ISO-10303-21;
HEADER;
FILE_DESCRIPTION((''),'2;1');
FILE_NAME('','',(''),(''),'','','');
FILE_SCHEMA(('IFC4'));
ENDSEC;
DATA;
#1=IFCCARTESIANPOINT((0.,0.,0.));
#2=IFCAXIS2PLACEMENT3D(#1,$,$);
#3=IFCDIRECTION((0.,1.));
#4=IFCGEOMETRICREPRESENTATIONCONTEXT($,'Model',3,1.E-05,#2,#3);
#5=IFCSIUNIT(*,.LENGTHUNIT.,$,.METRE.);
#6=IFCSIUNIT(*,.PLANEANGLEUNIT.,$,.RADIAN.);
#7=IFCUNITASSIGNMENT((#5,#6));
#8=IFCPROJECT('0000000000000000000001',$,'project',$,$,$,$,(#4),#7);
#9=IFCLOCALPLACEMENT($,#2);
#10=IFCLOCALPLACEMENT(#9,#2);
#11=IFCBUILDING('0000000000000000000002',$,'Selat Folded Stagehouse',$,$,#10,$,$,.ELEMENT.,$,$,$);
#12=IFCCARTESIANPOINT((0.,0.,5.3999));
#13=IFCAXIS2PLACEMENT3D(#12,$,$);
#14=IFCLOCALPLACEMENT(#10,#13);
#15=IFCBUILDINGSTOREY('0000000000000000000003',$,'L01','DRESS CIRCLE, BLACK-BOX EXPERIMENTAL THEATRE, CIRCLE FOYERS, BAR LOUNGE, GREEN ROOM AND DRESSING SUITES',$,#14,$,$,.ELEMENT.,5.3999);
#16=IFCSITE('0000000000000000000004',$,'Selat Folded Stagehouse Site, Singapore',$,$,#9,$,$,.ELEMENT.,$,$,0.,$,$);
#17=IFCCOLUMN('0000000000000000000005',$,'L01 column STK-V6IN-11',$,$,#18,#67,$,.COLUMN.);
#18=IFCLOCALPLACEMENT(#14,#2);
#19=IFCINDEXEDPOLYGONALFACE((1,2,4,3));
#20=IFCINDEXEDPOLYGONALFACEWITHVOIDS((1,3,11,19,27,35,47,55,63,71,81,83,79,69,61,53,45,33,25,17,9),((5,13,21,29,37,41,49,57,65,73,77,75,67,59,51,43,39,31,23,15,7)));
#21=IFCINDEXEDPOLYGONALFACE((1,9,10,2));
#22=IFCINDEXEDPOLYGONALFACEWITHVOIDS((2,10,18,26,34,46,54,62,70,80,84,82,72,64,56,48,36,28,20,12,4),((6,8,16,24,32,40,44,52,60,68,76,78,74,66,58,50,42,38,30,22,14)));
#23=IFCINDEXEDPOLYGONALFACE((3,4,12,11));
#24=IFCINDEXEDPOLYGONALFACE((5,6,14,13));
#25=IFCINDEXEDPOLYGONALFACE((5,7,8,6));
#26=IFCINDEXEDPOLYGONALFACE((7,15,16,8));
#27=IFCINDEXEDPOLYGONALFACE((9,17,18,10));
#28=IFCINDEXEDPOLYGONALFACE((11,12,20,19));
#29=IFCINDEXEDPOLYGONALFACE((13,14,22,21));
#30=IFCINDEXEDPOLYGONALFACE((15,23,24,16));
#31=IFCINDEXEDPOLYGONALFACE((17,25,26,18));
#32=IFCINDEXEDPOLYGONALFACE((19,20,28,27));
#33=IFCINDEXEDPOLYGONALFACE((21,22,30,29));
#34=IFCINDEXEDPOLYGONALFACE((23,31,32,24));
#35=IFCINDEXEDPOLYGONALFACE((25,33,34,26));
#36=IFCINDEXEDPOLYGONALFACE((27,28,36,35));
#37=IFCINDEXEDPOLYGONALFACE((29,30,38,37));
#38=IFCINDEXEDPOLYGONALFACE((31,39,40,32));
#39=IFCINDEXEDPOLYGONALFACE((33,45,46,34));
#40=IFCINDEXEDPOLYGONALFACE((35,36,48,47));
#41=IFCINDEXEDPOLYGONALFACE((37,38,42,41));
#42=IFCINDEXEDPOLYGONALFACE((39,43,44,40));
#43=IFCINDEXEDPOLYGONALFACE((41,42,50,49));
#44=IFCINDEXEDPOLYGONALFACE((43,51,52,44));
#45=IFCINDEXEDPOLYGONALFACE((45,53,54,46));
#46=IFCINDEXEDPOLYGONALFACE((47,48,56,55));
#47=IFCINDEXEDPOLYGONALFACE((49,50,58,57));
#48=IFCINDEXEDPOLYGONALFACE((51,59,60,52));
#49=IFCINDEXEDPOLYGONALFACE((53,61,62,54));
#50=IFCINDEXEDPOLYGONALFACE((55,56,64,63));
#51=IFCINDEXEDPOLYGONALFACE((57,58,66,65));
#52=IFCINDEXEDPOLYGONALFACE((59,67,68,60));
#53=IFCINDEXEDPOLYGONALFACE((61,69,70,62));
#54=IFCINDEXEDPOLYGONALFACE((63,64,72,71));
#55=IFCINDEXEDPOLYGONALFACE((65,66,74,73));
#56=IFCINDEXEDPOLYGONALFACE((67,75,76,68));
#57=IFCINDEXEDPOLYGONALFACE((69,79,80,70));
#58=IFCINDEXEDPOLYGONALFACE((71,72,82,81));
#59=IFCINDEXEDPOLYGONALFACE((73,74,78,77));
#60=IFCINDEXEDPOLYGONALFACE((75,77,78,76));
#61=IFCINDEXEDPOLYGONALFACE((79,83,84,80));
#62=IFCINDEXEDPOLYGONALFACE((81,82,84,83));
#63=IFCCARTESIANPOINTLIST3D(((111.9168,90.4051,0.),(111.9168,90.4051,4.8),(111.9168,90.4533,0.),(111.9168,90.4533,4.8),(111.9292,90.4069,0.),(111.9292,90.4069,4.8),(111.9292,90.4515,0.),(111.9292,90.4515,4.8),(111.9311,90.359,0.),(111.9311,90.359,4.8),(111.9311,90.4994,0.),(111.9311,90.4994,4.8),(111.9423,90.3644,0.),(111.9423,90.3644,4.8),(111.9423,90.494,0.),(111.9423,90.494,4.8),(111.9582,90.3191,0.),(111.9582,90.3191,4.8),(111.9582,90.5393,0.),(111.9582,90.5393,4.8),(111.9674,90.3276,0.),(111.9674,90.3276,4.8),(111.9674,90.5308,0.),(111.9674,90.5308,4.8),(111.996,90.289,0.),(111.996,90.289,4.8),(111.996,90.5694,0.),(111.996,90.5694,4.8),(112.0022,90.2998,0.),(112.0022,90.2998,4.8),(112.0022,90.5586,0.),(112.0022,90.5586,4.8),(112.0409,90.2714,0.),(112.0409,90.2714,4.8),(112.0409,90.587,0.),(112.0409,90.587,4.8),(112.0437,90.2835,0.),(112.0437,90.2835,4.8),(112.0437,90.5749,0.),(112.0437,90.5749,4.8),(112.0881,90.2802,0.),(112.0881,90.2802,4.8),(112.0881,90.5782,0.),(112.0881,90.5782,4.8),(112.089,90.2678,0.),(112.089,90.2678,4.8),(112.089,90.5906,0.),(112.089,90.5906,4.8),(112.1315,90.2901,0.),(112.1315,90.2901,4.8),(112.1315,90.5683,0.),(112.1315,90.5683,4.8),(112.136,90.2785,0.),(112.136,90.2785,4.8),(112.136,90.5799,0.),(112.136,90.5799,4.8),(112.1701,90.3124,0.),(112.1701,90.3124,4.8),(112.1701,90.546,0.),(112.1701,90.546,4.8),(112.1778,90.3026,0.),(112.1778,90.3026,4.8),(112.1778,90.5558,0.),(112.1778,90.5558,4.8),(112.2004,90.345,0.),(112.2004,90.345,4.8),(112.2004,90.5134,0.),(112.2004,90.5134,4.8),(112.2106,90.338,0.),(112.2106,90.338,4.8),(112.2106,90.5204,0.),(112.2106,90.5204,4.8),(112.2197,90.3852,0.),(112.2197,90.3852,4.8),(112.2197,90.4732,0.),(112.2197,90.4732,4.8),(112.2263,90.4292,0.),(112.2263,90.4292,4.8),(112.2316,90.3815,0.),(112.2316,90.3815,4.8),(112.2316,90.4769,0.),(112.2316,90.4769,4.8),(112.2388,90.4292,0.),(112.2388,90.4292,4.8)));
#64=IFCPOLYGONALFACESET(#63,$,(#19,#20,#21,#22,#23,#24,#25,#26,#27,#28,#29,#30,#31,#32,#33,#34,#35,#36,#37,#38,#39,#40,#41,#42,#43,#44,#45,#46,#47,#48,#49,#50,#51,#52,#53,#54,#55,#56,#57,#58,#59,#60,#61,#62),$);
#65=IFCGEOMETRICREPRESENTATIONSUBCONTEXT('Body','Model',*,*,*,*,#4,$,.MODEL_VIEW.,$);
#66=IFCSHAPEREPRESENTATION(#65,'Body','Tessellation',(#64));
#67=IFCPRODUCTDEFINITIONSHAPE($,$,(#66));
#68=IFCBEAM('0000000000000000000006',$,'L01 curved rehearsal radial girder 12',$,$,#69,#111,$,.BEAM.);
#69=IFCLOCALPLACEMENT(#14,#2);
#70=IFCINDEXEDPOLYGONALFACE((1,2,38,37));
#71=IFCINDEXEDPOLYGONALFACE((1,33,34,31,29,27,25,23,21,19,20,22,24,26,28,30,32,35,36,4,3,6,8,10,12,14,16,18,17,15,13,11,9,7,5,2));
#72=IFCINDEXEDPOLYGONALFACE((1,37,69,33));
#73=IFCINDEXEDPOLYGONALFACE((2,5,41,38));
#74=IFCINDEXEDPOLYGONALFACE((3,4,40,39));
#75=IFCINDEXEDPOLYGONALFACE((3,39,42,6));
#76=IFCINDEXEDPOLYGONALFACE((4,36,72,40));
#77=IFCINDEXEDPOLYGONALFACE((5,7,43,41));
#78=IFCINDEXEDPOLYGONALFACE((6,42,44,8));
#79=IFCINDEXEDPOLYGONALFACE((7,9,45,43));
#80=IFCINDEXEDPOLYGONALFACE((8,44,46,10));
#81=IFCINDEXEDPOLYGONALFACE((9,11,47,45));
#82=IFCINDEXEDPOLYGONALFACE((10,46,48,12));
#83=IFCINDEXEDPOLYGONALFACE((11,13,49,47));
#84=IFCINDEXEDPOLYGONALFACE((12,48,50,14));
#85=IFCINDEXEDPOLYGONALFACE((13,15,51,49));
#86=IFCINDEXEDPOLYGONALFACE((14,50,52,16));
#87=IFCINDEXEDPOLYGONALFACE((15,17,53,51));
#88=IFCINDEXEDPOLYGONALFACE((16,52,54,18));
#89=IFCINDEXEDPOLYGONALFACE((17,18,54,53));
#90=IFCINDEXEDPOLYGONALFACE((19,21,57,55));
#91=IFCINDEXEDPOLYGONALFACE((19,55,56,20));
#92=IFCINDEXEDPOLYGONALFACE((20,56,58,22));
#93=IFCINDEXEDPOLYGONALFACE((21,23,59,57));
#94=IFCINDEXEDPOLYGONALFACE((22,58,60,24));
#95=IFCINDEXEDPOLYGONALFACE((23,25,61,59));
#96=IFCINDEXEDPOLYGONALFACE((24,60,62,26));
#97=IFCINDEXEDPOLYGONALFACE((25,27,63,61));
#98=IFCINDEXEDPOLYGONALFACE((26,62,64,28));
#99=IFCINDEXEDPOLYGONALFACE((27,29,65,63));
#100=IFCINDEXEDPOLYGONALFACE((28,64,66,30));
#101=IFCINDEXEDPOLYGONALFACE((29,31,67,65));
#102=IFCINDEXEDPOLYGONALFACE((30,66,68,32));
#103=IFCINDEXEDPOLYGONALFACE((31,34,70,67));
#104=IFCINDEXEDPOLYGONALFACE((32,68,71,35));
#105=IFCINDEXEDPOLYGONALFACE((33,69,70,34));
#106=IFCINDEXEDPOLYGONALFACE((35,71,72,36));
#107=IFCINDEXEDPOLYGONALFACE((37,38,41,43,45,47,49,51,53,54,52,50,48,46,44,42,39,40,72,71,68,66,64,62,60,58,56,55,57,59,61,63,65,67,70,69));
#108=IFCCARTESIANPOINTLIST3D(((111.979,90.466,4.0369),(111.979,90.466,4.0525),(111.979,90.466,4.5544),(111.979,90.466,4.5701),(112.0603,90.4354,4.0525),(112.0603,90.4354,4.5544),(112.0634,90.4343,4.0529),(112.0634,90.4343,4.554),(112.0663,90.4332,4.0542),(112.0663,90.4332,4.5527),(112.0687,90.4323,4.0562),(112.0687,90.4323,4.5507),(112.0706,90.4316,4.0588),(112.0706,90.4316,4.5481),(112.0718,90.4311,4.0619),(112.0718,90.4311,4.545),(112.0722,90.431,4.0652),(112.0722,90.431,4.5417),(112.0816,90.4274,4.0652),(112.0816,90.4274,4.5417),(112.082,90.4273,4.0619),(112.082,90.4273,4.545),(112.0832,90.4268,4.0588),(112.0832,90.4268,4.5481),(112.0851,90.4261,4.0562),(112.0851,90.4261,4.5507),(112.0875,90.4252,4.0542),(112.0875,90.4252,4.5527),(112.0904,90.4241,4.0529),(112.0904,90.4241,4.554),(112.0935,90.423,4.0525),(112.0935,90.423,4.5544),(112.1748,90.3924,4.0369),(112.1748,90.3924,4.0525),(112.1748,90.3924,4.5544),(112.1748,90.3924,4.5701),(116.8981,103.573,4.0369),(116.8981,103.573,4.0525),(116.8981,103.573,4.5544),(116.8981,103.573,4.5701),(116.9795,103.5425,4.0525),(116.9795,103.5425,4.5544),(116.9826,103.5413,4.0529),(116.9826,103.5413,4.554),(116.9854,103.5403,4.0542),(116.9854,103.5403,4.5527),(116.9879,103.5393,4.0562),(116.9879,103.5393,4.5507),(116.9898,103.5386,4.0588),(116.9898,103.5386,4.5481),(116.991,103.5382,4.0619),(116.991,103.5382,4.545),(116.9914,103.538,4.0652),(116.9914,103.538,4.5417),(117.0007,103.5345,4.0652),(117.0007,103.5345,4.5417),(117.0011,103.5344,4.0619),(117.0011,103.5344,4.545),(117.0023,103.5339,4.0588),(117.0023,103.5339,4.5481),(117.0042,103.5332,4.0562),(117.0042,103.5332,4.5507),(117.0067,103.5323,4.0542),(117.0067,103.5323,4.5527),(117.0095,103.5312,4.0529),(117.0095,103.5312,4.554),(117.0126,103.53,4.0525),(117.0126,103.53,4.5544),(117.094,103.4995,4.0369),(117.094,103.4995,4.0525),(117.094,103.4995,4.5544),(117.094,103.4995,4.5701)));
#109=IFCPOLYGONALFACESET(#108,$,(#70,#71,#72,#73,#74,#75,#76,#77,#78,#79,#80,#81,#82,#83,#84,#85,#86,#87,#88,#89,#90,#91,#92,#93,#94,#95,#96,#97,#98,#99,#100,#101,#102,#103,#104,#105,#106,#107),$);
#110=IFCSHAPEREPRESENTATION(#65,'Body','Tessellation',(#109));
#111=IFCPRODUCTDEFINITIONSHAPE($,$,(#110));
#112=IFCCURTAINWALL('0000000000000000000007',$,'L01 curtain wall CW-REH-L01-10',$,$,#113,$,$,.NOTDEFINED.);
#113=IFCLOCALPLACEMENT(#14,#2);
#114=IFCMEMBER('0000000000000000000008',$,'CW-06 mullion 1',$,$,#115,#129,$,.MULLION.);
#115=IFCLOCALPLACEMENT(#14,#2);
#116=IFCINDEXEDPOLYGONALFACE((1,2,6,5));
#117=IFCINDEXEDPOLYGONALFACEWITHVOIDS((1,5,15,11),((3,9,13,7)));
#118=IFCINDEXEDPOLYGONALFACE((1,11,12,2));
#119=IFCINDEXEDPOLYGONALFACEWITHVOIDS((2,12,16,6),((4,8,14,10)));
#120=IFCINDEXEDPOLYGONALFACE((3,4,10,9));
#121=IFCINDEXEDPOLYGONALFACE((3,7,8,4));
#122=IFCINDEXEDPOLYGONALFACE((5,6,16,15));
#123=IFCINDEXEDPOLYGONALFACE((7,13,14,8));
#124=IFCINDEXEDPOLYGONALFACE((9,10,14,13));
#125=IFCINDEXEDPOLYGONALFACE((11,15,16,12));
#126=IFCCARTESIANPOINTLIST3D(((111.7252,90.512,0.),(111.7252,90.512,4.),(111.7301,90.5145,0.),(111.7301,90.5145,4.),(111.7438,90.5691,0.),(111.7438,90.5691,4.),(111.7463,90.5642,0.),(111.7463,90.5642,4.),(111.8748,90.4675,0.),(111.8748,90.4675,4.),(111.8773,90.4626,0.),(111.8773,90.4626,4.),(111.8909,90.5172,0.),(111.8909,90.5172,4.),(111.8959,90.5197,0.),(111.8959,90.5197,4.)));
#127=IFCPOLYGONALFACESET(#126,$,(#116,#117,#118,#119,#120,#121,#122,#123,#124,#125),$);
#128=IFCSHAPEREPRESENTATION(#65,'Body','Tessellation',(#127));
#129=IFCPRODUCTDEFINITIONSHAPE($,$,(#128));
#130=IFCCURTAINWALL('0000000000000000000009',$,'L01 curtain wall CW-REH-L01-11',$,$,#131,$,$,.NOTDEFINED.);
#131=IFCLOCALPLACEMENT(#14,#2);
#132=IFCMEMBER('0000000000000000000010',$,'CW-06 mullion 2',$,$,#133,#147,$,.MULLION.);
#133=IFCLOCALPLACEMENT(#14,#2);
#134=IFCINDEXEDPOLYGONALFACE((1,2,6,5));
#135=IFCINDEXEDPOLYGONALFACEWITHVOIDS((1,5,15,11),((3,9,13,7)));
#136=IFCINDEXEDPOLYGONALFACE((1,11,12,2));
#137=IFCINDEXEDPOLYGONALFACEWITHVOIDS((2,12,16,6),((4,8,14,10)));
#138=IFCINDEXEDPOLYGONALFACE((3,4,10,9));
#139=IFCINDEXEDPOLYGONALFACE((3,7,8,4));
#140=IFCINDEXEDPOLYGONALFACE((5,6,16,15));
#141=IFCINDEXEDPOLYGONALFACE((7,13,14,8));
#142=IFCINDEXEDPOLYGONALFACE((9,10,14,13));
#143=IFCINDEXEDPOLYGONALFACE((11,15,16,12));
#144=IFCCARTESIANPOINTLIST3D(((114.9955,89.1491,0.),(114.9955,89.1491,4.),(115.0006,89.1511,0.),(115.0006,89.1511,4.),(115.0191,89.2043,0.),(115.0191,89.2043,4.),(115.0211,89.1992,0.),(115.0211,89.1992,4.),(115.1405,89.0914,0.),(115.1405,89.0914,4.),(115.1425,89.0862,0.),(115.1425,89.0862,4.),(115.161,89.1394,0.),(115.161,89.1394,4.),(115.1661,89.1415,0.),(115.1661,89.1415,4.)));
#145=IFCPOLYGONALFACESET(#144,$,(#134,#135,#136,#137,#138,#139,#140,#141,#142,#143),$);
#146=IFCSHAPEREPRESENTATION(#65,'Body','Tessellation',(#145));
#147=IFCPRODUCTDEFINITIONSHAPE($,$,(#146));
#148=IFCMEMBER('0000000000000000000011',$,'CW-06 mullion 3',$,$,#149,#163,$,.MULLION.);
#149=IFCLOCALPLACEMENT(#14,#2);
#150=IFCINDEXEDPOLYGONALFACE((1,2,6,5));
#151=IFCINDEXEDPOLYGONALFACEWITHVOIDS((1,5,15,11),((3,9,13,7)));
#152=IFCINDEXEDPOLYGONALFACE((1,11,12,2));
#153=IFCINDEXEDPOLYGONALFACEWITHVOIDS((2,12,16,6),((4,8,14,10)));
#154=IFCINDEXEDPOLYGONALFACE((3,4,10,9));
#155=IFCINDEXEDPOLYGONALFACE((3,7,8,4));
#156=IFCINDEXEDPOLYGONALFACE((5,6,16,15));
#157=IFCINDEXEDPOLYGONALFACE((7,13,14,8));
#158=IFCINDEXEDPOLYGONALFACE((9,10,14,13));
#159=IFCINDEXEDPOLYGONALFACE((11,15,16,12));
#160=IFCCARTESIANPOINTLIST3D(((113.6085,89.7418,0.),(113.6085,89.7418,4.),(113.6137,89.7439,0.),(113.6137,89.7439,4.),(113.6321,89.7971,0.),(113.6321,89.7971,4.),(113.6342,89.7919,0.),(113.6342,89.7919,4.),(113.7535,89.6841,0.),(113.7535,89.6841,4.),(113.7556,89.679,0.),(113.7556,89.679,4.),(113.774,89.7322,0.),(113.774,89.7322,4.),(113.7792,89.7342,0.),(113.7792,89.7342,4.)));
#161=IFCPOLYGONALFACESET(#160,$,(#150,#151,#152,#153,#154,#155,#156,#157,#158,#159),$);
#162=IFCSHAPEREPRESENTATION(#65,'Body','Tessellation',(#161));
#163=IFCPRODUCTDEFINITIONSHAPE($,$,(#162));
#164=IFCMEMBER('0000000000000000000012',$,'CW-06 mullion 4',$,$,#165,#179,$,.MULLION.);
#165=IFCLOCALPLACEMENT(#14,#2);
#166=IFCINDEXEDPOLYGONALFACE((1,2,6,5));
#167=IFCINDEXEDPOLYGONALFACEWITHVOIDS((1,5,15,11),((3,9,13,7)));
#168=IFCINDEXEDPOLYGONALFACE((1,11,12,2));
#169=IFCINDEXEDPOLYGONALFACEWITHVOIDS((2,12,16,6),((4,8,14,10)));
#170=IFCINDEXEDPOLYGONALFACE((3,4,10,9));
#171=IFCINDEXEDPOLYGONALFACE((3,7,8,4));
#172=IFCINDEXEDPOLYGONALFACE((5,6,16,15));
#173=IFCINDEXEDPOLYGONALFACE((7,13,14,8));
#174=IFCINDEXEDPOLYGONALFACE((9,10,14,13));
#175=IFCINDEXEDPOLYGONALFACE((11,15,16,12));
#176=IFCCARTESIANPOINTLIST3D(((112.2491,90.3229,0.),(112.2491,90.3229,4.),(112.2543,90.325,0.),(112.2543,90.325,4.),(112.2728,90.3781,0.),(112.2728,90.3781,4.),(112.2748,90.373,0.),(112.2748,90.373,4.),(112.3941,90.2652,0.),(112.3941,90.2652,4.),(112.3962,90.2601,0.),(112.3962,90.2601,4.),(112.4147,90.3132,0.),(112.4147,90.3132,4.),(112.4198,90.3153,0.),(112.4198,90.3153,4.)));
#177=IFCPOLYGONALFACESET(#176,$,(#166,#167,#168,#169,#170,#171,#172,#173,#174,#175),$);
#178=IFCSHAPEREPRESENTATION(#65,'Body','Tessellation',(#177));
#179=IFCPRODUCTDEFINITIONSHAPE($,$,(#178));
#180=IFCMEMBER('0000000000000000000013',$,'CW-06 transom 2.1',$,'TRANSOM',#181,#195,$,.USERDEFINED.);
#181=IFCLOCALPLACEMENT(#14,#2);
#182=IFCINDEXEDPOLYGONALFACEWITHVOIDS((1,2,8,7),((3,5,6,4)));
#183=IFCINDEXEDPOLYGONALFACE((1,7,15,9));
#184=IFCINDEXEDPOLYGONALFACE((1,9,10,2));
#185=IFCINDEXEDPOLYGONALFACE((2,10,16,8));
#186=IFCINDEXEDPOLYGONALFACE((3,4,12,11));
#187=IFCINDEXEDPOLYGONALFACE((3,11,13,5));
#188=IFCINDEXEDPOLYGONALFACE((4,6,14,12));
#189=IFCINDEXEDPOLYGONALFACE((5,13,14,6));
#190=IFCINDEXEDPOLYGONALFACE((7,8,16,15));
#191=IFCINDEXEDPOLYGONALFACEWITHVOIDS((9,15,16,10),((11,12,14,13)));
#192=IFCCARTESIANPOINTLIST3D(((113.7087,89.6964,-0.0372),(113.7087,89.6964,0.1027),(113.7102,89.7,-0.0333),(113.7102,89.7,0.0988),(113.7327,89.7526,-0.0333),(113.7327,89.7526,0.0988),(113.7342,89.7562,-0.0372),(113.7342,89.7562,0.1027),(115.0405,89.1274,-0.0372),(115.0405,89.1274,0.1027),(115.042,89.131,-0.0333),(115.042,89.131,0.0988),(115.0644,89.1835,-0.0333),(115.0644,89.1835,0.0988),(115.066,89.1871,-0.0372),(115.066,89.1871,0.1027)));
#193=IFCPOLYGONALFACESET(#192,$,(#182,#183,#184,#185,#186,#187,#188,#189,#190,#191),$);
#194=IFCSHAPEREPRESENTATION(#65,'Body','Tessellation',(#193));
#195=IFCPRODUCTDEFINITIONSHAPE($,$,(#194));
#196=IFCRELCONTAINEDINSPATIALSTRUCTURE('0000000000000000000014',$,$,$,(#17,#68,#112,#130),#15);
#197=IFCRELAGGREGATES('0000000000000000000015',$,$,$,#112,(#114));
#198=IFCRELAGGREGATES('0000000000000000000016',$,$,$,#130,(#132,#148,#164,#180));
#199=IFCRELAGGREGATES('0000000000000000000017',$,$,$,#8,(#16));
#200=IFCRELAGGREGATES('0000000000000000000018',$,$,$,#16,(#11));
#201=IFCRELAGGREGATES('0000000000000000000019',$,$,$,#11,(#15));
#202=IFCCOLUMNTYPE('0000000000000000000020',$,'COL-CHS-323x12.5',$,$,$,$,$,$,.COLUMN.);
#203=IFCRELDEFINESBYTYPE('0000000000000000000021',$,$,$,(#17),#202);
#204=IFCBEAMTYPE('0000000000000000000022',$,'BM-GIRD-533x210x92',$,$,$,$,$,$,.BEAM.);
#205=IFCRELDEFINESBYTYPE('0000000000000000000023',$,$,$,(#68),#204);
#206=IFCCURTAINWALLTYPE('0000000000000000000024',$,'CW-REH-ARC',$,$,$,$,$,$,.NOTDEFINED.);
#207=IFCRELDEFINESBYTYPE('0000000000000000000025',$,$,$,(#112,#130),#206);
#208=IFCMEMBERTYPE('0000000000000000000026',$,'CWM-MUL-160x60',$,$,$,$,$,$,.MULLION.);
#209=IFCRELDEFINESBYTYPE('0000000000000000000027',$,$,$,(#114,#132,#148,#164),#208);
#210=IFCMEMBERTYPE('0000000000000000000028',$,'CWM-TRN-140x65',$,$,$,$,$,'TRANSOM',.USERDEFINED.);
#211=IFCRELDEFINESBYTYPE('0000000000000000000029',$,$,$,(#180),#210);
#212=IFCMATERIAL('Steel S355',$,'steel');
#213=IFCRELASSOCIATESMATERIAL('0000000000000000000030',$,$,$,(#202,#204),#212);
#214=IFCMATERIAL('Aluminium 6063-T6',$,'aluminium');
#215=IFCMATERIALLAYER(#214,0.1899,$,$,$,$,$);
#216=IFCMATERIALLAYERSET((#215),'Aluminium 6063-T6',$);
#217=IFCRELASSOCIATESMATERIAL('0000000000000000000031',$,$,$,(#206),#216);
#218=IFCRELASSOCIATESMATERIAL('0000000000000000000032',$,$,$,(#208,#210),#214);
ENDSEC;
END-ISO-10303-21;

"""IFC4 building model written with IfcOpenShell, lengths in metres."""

from ifc_helpers import new_model, si_unit, direction, frame, origin, origin_2d, place, context, subcontext, project, spatial, hollow_rectangle, hollow_circle, i_section, extrude, material, layer, layer_set, material_profile, profile_set, type_object, element, aggregate, save


model = new_model("IFC4")

# Units and contexts
model_context = context("Model", 3, precision=1e-05, world=origin(), true_north=direction((0.0, 1.0)))
body_context = subcontext(model_context, "Body", "Model", "MODEL_VIEW")
ifc_project = project(units=[si_unit("LENGTHUNIT", "METRE"), si_unit("PLANEANGLEUNIT", "RADIAN")], contexts=[model_context])

# Site, building, storey
site_placement = place(None, origin())
site = spatial("IfcSite", under=ifc_project, at=site_placement, Name="Selat Folded Stagehouse Site, Singapore", CompositionType="ELEMENT", RefElevation=0.0)
building_placement = place(site_placement, origin())
building = spatial("IfcBuilding", under=site, at=building_placement, Name="Selat Folded Stagehouse", CompositionType="ELEMENT")
storey_placement = place(building_placement, frame((0.0, 0.0, 5.3999)))
storey = spatial("IfcBuildingStorey", under=building, at=storey_placement, Name="L01", Description="DRESS CIRCLE, BLACK-BOX EXPERIMENTAL THEATRE, CIRCLE FOYERS, BAR LOUNGE, GREEN ROOM AND DRESSING SUITES", CompositionType="ELEMENT", Elevation=5.3999)

# Column
ifc_material_1 = material(Name="Steel S355", Category="steel")
ifc_material_profile_1 = material_profile(ifc_material_1, hollow_circle(Radius=0.1619, WallThickness=0.0125, at=origin_2d()), Name="CHS 323.9x12.5")
ifc_profile_set_1 = profile_set([ifc_material_profile_1], Name="Steel S355")
column_type = type_object("IfcColumnType", Name="COL-CHS-323x12.5", PredefinedType="COLUMN", material=ifc_profile_set_1)
column_placement = place(storey_placement, frame((112.0769, 90.4292, 0.0), z_axis=(0.0, 0.0, 1.0), x_axis=(1.0, 0.0, 0.0)))
element("IfcColumn", 1, at=column_placement, inside=storey, type_object=column_type, Name="L01 column STK-V6IN-11", PredefinedType="COLUMN", context=body_context, shape_type="SweptSolid", body=[
    extrude(hollow_circle(Radius=0.1619, WallThickness=0.0125, at=origin_2d()), origin(), (0.0, 0.0, 1.0), 4.8),
])

# Beam
ifc_material_profile_2 = material_profile(ifc_material_1, i_section(OverallWidth=0.2092, OverallDepth=0.5332, WebThickness=0.01, FlangeThickness=0.0156, FilletRadius=0.0127, at=origin_2d()), Name="UKB 533x210x92")
ifc_profile_set_2 = profile_set([ifc_material_profile_2], Name="Steel S355")
beam_type_1 = type_object("IfcBeamType", Name="BM-GIRD-533x210x92", PredefinedType="BEAM", material=ifc_profile_set_2)
beam_1_placement = place(storey_placement, frame((112.0769, 90.4292, 4.3035), z_axis=(0.351374, 0.936235, 0.0), x_axis=(-0.936235, 0.351374, 0.0)))
element("IfcBeam", 2, at=beam_1_placement, inside=storey, type_object=beam_type_1, Name="L01 curved rehearsal radial girder 12", PredefinedType="BEAM", context=body_context, shape_type="SweptSolid", body=[
    extrude(i_section(OverallWidth=0.2092, OverallDepth=0.5332, WebThickness=0.01, FlangeThickness=0.0156, FilletRadius=0.0127, at=origin_2d()), origin(), (0.0, 0.0, 1.0), 13.9998),
])

# Curtain wall, member
ifc_material_2 = material(Name="Aluminium 6063-T6", Category="aluminium")
ifc_layer_1 = layer(ifc_material_2, 0.1899)
ifc_layer_set_1 = layer_set([ifc_layer_1], Name="Aluminium 6063-T6")
curtain_wall_type = type_object("IfcCurtainWallType", Name="CW-REH-ARC", PredefinedType="NOTDEFINED", material=ifc_layer_set_1)
curtain_wall_1_placement = place(storey_placement, origin())
curtain_wall_1 = element("IfcCurtainWall", 3, at=curtain_wall_1_placement, inside=storey, type_object=curtain_wall_type, Name="L01 curtain wall CW-REH-L01-10", PredefinedType="NOTDEFINED")
ifc_material_profile_3 = material_profile(ifc_material_2, hollow_rectangle(XDim=0.0601, YDim=0.1599, WallThickness=0.0039, at=origin_2d()), Name="ALU 160x60x4.0")
ifc_profile_set_3 = profile_set([ifc_material_profile_3], Name="Aluminium 6063-T6")
member_type_1 = type_object("IfcMemberType", Name="CWM-MUL-160x60", PredefinedType="MULLION", material=ifc_profile_set_3)
member_1_placement = place(storey_placement, frame((111.8105, 90.5159, 0.0), z_axis=(0.0, 0.0, 1.0), x_axis=(-0.308992, -0.951065, 0.0)))
member_1 = element("IfcMember", 4, at=member_1_placement, type_object=member_type_1, Name="CW-06 mullion 1", PredefinedType="MULLION", context=body_context, shape_type="SweptSolid", body=[
    extrude(hollow_rectangle(XDim=0.0601, YDim=0.1599, WallThickness=0.0039, at=origin_2d()), origin(), (0.0, 0.0, 1.0), 4.0),
])
aggregate(curtain_wall_1, [member_1])

# Curtain wall, members
curtain_wall_2_placement = place(storey_placement, origin())
curtain_wall_2 = element("IfcCurtainWall", 5, at=curtain_wall_2_placement, inside=storey, type_object=curtain_wall_type, Name="L01 curtain wall CW-REH-L01-11", PredefinedType="NOTDEFINED")
member_2_placement = place(storey_placement, frame((115.0808, 89.1453, 0.0), z_axis=(0.0, 0.0, 1.0), x_axis=(-0.393012, -0.919533, 0.0)))
member_2 = element("IfcMember", 6, at=member_2_placement, type_object=member_type_1, Name="CW-06 mullion 2", PredefinedType="MULLION", context=body_context, shape_type="SweptSolid", body=[
    extrude(hollow_rectangle(XDim=0.0601, YDim=0.1599, WallThickness=0.0039, at=origin_2d()), origin(), (0.0, 0.0, 1.0), 4.0),
])
member_3_placement = place(storey_placement, frame((113.6938, 89.738, 0.0), z_axis=(0.0, 0.0, 1.0), x_axis=(-0.393012, -0.919533, 0.0)))
member_3 = element("IfcMember", 7, at=member_3_placement, type_object=member_type_1, Name="CW-06 mullion 3", PredefinedType="MULLION", context=body_context, shape_type="SweptSolid", body=[
    extrude(hollow_rectangle(XDim=0.0601, YDim=0.1599, WallThickness=0.0039, at=origin_2d()), origin(), (0.0, 0.0, 1.0), 4.0),
])
member_4_placement = place(storey_placement, frame((112.3345, 90.3191, 0.0), z_axis=(0.0, 0.0, 1.0), x_axis=(-0.393012, -0.919533, 0.0)))
member_4 = element("IfcMember", 8, at=member_4_placement, type_object=member_type_1, Name="CW-06 mullion 4", PredefinedType="MULLION", context=body_context, shape_type="SweptSolid", body=[
    extrude(hollow_rectangle(XDim=0.0601, YDim=0.1599, WallThickness=0.0039, at=origin_2d()), origin(), (0.0, 0.0, 1.0), 4.0),
])
ifc_material_profile_4 = material_profile(ifc_material_2, hollow_rectangle(XDim=0.0649, YDim=0.1399, WallThickness=0.0039, at=origin_2d()), Name="ALU 140x65x4.0")
ifc_profile_set_4 = profile_set([ifc_material_profile_4], Name="Aluminium 6063-T6")
member_type_2 = type_object("IfcMemberType", Name="CWM-TRN-140x65", ElementType="TRANSOM", PredefinedType="USERDEFINED", material=ifc_profile_set_4)
member_5_placement = place(storey_placement, frame((115.0532, 89.1572, 0.0327), z_axis=(-0.919563, 0.392943, 0.0), x_axis=(-0.392943, -0.919563, 0.0)))
member_5 = element("IfcMember", 9, at=member_5_placement, type_object=member_type_2, Name="CW-06 transom 2.1", ObjectType="TRANSOM", PredefinedType="USERDEFINED", context=body_context, shape_type="SweptSolid", body=[
    extrude(hollow_rectangle(XDim=0.0649, YDim=0.1399, WallThickness=0.0039, at=origin_2d()), origin(), (0.0, 0.0, 1.0), 1.4482),
])

aggregate(curtain_wall_2, [member_2, member_3, member_4, member_5])

save(model, "model.ifc")
